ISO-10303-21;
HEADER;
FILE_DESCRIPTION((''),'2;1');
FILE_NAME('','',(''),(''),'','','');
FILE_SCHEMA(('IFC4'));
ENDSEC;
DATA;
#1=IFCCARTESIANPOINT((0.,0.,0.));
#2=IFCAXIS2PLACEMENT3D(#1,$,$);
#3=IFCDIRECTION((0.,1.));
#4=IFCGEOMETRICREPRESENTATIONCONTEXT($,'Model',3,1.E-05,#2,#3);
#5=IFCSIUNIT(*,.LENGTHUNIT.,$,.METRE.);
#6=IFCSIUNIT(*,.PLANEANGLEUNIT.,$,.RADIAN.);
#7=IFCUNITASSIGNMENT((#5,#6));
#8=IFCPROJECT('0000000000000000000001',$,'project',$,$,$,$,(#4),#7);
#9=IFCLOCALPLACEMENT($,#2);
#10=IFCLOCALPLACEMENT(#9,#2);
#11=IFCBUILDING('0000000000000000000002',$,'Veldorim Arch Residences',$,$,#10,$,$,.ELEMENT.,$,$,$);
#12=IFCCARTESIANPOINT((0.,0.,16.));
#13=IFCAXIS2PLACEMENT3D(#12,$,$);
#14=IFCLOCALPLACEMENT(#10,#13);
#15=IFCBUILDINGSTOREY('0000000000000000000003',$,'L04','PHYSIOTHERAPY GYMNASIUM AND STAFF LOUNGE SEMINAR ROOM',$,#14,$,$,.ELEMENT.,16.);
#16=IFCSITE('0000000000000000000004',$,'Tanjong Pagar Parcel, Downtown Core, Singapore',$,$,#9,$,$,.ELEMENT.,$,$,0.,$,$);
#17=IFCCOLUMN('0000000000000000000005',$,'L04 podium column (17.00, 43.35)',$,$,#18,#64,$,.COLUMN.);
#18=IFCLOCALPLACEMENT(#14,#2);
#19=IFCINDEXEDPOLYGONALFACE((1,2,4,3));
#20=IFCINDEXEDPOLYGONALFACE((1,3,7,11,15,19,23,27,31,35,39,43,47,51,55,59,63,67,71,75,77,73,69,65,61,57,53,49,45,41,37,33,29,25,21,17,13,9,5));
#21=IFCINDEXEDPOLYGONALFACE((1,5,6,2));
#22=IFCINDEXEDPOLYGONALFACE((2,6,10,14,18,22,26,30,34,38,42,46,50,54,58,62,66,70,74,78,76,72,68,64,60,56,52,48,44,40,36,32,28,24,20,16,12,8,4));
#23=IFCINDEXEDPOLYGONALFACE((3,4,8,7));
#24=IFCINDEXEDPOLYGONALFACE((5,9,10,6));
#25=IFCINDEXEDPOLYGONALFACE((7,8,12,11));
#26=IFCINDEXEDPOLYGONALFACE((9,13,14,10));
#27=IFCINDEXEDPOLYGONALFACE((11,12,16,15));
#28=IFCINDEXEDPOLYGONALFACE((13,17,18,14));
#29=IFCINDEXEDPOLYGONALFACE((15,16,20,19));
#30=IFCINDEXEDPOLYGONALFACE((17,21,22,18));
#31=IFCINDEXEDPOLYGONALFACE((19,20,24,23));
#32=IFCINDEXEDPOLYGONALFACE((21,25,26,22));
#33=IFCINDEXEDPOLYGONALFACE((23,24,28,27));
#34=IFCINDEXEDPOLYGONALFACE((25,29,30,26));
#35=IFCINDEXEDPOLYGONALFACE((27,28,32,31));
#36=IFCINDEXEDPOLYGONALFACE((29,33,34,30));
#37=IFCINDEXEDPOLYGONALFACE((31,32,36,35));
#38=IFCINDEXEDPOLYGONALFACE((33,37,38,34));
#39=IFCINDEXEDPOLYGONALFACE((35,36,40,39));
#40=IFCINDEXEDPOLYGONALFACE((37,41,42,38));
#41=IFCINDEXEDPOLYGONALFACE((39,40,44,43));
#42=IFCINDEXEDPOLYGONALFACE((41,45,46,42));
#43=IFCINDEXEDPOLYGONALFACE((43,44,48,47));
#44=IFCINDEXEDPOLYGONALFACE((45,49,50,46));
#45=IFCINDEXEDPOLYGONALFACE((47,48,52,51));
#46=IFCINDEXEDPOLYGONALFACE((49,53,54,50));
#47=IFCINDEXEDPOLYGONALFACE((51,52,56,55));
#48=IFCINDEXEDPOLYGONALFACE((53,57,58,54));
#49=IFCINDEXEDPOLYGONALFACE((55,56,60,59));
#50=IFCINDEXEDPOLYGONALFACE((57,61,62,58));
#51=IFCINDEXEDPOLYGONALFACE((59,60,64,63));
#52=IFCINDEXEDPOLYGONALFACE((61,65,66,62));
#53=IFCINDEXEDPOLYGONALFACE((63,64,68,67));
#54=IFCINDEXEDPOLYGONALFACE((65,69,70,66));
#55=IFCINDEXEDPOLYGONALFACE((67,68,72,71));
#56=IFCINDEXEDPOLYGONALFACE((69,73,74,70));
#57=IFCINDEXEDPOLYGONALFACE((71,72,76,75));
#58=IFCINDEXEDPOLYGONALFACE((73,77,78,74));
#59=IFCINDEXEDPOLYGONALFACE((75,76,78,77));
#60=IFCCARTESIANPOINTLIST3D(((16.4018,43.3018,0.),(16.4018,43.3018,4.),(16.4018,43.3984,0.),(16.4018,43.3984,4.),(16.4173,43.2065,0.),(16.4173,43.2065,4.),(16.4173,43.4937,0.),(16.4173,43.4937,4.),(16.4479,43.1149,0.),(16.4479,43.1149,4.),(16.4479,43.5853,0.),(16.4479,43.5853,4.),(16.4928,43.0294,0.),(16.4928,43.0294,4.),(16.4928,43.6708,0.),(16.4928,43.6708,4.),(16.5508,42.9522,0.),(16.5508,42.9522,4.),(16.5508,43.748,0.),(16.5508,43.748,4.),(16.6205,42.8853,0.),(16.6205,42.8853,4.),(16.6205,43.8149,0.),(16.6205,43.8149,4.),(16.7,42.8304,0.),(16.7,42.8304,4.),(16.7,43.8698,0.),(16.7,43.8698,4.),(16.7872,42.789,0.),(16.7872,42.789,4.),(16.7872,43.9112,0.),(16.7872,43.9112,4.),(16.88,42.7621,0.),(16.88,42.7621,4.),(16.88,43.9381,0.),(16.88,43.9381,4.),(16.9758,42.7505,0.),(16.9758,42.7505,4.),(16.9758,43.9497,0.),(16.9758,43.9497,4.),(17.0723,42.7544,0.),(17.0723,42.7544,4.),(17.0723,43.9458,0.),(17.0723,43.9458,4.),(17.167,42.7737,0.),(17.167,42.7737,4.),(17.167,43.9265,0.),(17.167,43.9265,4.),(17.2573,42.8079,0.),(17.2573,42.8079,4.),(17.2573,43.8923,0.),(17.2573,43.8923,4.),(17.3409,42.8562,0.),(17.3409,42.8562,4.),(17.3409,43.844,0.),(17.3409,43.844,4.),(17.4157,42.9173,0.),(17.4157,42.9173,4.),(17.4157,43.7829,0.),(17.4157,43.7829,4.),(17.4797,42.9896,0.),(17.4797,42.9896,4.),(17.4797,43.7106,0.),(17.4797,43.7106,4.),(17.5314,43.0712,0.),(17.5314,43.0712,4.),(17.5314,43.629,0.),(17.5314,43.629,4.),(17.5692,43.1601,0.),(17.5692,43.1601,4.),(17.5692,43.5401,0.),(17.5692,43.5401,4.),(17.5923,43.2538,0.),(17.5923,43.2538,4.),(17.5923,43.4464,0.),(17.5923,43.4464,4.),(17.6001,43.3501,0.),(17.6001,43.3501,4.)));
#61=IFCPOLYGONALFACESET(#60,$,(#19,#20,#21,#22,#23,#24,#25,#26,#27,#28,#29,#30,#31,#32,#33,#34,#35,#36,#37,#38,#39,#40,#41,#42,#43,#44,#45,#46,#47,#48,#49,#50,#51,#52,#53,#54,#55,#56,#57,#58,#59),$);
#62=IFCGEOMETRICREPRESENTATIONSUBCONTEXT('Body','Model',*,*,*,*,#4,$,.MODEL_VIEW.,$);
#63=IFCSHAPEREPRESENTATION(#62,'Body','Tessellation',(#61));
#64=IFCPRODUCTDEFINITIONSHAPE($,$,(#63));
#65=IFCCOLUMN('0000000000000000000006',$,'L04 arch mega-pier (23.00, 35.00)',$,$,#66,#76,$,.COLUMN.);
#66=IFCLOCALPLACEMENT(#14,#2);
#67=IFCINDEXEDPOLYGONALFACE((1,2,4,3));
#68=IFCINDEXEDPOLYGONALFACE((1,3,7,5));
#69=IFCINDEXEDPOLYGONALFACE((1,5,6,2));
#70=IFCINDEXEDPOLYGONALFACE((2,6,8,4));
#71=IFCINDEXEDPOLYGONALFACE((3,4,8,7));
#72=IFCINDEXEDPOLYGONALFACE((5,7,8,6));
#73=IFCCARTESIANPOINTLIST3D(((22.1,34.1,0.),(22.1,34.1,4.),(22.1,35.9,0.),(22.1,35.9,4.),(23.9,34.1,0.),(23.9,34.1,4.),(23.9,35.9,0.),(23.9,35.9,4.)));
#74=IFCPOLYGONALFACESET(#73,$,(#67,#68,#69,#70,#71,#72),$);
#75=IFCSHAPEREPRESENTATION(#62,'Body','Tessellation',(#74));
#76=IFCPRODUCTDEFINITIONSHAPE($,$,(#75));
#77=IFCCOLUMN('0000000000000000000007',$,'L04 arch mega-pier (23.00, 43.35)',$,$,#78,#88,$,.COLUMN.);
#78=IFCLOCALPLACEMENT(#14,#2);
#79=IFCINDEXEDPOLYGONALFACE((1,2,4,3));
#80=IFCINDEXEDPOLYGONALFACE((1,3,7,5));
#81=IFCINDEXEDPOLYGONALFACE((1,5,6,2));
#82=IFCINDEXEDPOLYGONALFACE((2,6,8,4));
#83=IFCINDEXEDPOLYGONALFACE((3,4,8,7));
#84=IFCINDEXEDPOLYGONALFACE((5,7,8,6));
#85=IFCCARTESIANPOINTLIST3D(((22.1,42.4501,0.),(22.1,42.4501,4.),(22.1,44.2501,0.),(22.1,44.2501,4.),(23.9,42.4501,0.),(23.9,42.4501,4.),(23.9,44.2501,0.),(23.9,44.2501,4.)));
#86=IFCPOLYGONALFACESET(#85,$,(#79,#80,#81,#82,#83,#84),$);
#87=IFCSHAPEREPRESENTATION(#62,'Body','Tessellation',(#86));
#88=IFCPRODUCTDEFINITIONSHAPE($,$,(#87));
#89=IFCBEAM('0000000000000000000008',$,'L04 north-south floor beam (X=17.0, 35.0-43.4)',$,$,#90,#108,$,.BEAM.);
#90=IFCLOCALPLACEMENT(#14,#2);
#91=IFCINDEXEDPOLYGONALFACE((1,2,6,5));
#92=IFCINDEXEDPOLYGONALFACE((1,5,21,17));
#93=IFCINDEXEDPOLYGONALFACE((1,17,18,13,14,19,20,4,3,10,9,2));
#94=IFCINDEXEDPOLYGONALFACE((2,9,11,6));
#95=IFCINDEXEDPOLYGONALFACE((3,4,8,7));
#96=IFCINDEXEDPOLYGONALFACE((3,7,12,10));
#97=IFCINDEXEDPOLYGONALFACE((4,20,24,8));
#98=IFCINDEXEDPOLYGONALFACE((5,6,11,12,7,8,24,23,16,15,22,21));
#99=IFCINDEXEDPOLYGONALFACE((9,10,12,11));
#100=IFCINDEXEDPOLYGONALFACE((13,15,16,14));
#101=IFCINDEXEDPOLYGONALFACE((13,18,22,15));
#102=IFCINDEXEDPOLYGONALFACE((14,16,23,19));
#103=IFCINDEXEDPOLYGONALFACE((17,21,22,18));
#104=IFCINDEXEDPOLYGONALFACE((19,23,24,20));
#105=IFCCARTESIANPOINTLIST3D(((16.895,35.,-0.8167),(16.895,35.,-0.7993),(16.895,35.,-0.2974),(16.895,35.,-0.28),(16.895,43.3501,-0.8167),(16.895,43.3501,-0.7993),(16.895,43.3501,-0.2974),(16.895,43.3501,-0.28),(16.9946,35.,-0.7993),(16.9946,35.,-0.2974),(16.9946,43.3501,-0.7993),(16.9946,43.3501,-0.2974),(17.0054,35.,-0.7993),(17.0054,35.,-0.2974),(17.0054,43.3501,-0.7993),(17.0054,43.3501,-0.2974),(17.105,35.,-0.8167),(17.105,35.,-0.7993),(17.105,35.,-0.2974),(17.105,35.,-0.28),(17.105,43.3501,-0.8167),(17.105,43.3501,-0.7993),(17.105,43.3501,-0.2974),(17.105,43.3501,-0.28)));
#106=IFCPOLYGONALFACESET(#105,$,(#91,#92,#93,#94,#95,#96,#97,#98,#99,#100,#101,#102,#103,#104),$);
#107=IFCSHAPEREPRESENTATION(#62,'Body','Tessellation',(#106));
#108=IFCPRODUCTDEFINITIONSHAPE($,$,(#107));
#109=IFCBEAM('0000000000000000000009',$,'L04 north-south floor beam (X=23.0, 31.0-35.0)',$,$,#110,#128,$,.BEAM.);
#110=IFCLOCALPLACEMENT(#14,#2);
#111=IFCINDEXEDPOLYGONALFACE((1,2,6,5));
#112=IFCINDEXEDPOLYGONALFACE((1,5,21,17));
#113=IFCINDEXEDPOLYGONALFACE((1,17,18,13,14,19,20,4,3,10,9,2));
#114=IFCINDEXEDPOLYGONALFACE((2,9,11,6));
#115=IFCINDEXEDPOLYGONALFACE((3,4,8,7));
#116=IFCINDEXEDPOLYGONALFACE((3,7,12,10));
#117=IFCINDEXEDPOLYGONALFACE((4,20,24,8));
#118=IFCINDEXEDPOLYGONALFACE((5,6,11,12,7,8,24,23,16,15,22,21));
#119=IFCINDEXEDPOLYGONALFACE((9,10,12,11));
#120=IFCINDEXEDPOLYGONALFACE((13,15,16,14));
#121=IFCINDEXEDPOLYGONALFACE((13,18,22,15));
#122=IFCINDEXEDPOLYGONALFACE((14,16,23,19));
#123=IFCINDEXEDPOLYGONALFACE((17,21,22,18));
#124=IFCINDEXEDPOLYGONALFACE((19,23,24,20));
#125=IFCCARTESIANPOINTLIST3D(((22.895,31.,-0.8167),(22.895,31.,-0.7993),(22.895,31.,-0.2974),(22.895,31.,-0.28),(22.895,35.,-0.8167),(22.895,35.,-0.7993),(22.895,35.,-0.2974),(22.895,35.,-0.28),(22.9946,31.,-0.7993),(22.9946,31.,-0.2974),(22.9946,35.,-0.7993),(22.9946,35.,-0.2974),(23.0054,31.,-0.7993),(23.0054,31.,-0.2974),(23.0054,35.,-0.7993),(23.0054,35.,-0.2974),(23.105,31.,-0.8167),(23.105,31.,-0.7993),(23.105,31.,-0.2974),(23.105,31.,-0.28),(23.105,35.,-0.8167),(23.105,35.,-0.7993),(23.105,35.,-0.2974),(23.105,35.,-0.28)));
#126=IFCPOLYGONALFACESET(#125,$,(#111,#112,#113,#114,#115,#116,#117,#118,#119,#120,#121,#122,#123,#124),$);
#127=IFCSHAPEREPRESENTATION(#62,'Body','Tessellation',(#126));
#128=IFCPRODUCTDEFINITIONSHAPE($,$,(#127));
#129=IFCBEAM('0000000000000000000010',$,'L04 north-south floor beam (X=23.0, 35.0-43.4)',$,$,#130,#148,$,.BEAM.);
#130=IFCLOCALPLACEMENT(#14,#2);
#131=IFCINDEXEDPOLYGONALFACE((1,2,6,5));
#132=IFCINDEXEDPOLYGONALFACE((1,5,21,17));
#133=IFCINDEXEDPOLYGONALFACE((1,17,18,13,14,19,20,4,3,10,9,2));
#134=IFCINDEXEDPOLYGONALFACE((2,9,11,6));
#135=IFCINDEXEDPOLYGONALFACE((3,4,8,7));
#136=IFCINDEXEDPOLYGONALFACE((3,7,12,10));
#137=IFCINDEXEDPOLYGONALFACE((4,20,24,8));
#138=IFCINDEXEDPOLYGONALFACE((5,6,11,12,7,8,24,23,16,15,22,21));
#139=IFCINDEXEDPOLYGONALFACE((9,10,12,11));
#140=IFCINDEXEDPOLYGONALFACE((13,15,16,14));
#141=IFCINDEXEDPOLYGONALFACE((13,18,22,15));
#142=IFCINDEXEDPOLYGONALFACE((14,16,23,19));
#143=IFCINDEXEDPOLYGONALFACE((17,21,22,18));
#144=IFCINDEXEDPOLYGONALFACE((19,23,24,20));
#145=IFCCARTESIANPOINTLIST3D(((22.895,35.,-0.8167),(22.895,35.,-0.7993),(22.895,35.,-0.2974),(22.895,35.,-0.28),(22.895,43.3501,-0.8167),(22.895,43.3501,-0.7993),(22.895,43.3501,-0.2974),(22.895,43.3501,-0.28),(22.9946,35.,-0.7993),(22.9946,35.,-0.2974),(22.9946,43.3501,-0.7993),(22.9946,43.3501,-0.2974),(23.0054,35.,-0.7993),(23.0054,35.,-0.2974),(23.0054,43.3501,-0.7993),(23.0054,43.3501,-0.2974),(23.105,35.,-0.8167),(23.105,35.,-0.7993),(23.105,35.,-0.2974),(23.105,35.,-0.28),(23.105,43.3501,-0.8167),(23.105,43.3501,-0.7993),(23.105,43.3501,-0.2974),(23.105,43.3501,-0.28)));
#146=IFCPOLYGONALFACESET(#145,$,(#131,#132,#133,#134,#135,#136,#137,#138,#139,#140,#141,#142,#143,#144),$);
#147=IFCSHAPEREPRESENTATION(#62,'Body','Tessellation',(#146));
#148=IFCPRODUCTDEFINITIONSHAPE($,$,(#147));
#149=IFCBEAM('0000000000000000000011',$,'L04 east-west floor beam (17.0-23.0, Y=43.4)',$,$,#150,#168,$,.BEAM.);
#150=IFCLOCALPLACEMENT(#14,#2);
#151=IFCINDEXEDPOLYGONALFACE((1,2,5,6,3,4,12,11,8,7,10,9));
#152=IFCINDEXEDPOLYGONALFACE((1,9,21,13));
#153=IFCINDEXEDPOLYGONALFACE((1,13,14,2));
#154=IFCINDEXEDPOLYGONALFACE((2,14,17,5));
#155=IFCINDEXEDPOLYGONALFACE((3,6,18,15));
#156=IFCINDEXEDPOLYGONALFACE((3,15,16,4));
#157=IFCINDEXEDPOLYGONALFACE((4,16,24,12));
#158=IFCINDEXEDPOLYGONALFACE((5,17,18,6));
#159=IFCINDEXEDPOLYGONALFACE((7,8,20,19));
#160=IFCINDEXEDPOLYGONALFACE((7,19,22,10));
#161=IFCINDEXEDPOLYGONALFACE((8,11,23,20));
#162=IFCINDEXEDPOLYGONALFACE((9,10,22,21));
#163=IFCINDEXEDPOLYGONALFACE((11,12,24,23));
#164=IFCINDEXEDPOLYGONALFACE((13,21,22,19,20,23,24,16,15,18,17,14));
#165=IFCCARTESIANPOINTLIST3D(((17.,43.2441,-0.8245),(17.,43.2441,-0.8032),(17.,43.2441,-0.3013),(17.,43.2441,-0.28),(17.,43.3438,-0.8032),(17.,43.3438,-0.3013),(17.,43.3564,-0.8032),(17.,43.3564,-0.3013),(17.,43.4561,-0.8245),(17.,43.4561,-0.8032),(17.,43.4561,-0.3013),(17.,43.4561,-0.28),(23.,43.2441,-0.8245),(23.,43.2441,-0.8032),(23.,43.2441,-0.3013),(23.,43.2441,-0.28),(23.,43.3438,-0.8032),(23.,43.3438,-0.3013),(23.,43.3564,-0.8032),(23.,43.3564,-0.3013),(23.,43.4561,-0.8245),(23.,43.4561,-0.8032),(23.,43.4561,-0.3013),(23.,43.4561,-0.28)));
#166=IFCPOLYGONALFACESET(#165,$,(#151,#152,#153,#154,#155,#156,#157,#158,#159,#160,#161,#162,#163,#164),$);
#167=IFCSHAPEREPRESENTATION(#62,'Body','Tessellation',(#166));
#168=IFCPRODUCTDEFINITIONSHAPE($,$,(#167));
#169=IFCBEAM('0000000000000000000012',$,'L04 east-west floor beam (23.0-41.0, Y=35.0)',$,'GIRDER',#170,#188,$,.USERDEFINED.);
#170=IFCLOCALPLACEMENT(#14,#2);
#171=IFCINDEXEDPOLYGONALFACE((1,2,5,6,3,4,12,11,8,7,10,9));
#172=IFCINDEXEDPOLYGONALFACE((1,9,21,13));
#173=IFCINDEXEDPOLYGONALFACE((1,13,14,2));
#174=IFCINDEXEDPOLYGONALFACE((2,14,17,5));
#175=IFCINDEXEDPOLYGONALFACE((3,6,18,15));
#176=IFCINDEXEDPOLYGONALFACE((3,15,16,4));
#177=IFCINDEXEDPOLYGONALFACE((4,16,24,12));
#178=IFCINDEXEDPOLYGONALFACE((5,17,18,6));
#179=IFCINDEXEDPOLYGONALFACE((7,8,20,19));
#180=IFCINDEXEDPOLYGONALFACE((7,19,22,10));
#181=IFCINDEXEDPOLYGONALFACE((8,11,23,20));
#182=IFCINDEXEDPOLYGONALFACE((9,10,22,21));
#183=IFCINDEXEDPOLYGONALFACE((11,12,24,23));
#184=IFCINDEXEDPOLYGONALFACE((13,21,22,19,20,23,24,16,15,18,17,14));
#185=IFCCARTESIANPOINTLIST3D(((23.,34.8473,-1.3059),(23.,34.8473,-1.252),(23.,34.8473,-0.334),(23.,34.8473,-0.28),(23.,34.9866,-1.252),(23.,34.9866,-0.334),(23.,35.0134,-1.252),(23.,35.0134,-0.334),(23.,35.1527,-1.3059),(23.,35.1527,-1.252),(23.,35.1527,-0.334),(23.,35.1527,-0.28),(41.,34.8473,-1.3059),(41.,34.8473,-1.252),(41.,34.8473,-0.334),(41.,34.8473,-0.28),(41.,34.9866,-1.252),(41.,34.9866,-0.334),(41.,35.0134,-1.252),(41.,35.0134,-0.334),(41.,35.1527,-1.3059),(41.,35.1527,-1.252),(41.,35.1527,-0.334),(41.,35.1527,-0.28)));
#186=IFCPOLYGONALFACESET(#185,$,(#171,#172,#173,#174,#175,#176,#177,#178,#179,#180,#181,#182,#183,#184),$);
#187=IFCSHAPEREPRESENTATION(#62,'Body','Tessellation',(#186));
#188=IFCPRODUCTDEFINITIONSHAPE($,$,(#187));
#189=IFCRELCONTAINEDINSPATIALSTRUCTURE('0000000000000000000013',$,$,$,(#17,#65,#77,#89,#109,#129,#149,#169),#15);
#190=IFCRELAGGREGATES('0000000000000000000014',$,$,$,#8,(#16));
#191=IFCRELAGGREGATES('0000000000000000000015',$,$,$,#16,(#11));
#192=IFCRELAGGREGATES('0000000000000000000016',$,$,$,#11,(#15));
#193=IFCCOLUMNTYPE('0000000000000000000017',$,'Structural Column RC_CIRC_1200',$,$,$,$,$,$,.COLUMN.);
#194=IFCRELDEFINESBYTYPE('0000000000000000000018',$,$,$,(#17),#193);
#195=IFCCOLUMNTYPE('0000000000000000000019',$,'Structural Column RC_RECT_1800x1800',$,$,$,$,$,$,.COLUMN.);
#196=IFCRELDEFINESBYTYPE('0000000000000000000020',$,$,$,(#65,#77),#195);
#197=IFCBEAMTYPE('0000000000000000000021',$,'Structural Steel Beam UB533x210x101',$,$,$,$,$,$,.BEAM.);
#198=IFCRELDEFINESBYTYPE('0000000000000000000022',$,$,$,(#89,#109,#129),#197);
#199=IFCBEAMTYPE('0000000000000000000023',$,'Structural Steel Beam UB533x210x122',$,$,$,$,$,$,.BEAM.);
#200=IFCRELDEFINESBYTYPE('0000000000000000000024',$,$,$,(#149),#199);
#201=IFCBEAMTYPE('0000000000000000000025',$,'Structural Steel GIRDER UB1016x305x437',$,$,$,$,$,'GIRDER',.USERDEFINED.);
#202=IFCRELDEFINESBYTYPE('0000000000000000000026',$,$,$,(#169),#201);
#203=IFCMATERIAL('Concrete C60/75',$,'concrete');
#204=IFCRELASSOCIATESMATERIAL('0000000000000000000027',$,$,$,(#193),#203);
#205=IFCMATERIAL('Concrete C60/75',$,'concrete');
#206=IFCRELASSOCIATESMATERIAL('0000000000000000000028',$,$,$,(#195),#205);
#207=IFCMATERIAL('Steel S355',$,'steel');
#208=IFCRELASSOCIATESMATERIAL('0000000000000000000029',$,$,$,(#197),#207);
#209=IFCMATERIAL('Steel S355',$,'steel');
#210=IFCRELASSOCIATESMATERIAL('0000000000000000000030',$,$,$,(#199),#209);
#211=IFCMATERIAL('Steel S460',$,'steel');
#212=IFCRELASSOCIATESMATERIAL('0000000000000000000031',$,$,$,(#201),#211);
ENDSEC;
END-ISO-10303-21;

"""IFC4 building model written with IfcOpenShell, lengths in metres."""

from ifc_helpers import new_model, si_unit, direction, frame, origin, origin_2d, place, context, subcontext, project, spatial, rectangle, circle, i_section, extrude, material, material_profile, profile_set, type_object, element, save


model = new_model("IFC4")

# Units and contexts
model_context = context("Model", 3, precision=1e-05, world=origin(), true_north=direction((0.0, 1.0)))
body_context = subcontext(model_context, "Body", "Model", "MODEL_VIEW")
ifc_project = project(units=[si_unit("LENGTHUNIT", "METRE"), si_unit("PLANEANGLEUNIT", "RADIAN")], contexts=[model_context])

# Site, building, storey
site_placement = place(None, origin())
site = spatial("IfcSite", under=ifc_project, at=site_placement, Name="Tanjong Pagar Parcel, Downtown Core, Singapore", CompositionType="ELEMENT", RefElevation=0.0)
building_placement = place(site_placement, origin())
building = spatial("IfcBuilding", under=site, at=building_placement, Name="Veldorim Arch Residences", CompositionType="ELEMENT")
storey_placement = place(building_placement, frame((0.0, 0.0, 16.0)))
storey = spatial("IfcBuildingStorey", under=building, at=storey_placement, Name="L04", Description="PHYSIOTHERAPY GYMNASIUM AND STAFF LOUNGE SEMINAR ROOM", CompositionType="ELEMENT", Elevation=16.0)

# Columns
ifc_material_1 = material(Name="Concrete C60/75", Category="concrete")
ifc_material_profile_1 = material_profile(ifc_material_1, circle(Radius=0.6001, at=origin_2d()), Name="RC_CIRC_1200")
ifc_profile_set_1 = profile_set([ifc_material_profile_1], Name="Concrete C60/75")
column_type_1 = type_object("IfcColumnType", Name="Structural Column RC_CIRC_1200", PredefinedType="COLUMN", material=ifc_profile_set_1)
column_placement = place(storey_placement, frame((17.0, 43.3501, 0.0), z_axis=(0.0, 0.0, 1.0), x_axis=(1.0, 0.0, 0.0)))
element("IfcColumn", 1, at=column_placement, inside=storey, type_object=column_type_1, Name="L04 podium column (17.00, 43.35)", PredefinedType="COLUMN", context=body_context, shape_type="SweptSolid", body=[
    extrude(circle(Radius=0.6001, at=origin_2d()), origin(), (0.0, 0.0, 1.0), 4.0),
])
ifc_material_2 = material(Name="Concrete C60/75", Category="concrete")
ifc_material_profile_2 = material_profile(ifc_material_2, rectangle(XDim=1.8, YDim=1.8, at=origin_2d()), Name="RC_RECT_1800x1800")
ifc_profile_set_2 = profile_set([ifc_material_profile_2], Name="Concrete C60/75")
column_type_2 = type_object("IfcColumnType", Name="Structural Column RC_RECT_1800x1800", PredefinedType="COLUMN", material=ifc_profile_set_2)
for number, where, z_axis, x_axis, name in (
    (2, (23.0, 35.0, 0.0), (0.0, 0.0, 1.0), (1.0, 0.0, 0.0), "L04 arch mega-pier (23.00, 35.00)"),
    (3, (23.0, 43.3501, 0.0), (0.0, 0.0, 1.0), (1.0, 0.0, 0.0), "L04 arch mega-pier (23.00, 43.35)"),
):
    element("IfcColumn", number, at=place(storey_placement, frame(where, z_axis=z_axis, x_axis=x_axis)), inside=storey, type_object=column_type_2, Name=name, PredefinedType="COLUMN", context=body_context, shape_type="SweptSolid", body=[
        extrude(rectangle(XDim=1.8, YDim=1.8, at=origin_2d()), origin(), (0.0, 0.0, 1.0), 4.0),
    ])

# Beams
ifc_material_3 = material(Name="Steel S355", Category="steel")
ifc_material_profile_3 = material_profile(ifc_material_3, i_section(OverallWidth=0.21, OverallDepth=0.5366, WebThickness=0.0107, FlangeThickness=0.0173, at=origin_2d()), Name="UB533x210x101")
ifc_profile_set_3 = profile_set([ifc_material_profile_3], Name="Steel S355")
beam_type_1 = type_object("IfcBeamType", Name="Structural Steel Beam UB533x210x101", PredefinedType="BEAM", material=ifc_profile_set_3)
beam_1_placement = place(storey_placement, frame((17.0, 35.0, -0.5483), z_axis=(0.0, 1.0, 0.0), x_axis=(-1.0, 0.0, 0.0)))
element("IfcBeam", 4, at=beam_1_placement, inside=storey, type_object=beam_type_1, Name="L04 north-south floor beam (X=17.0, 35.0-43.4)", PredefinedType="BEAM", context=body_context, shape_type="SweptSolid", body=[
    extrude(i_section(OverallWidth=0.21, OverallDepth=0.5366, WebThickness=0.0107, FlangeThickness=0.0173, at=origin_2d()), origin(), (0.0, 0.0, 1.0), 8.3501),
])
beam_2_placement = place(storey_placement, frame((23.0, 31.0, -0.5483), z_axis=(0.0, 1.0, 0.0), x_axis=(-1.0, 0.0, 0.0)))
element("IfcBeam", 5, at=beam_2_placement, inside=storey, type_object=beam_type_1, Name="L04 north-south floor beam (X=23.0, 31.0-35.0)", PredefinedType="BEAM", context=body_context, shape_type="SweptSolid", body=[
    extrude(i_section(OverallWidth=0.21, OverallDepth=0.5366, WebThickness=0.0107, FlangeThickness=0.0173, at=origin_2d()), origin(), (0.0, 0.0, 1.0), 4.0),
])
beam_3_placement = place(storey_placement, frame((23.0, 35.0, -0.5483), z_axis=(0.0, 1.0, 0.0), x_axis=(-1.0, 0.0, 0.0)))
element("IfcBeam", 6, at=beam_3_placement, inside=storey, type_object=beam_type_1, Name="L04 north-south floor beam (X=23.0, 35.0-43.4)", PredefinedType="BEAM", context=body_context, shape_type="SweptSolid", body=[
    extrude(i_section(OverallWidth=0.21, OverallDepth=0.5366, WebThickness=0.0107, FlangeThickness=0.0173, at=origin_2d()), origin(), (0.0, 0.0, 1.0), 8.3501),
])
ifc_material_4 = material(Name="Steel S355", Category="steel")
ifc_material_profile_4 = material_profile(ifc_material_4, i_section(OverallWidth=0.2119, OverallDepth=0.5444, WebThickness=0.0127, FlangeThickness=0.0212, at=origin_2d()), Name="UB533x210x122")
ifc_profile_set_4 = profile_set([ifc_material_profile_4], Name="Steel S355")
beam_type_2 = type_object("IfcBeamType", Name="Structural Steel Beam UB533x210x122", PredefinedType="BEAM", material=ifc_profile_set_4)
beam_4_placement = place(storey_placement, frame((17.0, 43.3501, -0.5522), z_axis=(1.0, 0.0, 0.0), x_axis=(0.0, 1.0, 0.0)))
element("IfcBeam", 7, at=beam_4_placement, inside=storey, type_object=beam_type_2, Name="L04 east-west floor beam (17.0-23.0, Y=43.4)", PredefinedType="BEAM", context=body_context, shape_type="SweptSolid", body=[
    extrude(i_section(OverallWidth=0.2119, OverallDepth=0.5444, WebThickness=0.0127, FlangeThickness=0.0212, at=origin_2d()), origin(), (0.0, 0.0, 1.0), 6.0),
])
ifc_material_5 = material(Name="Steel S460", Category="steel")
ifc_material_profile_5 = material_profile(ifc_material_5, i_section(OverallWidth=0.3054, OverallDepth=1.0259, WebThickness=0.0269, FlangeThickness=0.054, at=origin_2d()), Name="UB1016x305x437")
ifc_profile_set_5 = profile_set([ifc_material_profile_5], Name="Steel S460")
beam_type_3 = type_object("IfcBeamType", Name="Structural Steel GIRDER UB1016x305x437", ElementType="GIRDER", PredefinedType="USERDEFINED", material=ifc_profile_set_5)
for number, where, z_axis, x_axis, name in (
    (8, (23.0, 35.0, -0.793), (1.0, 0.0, 0.0), (0.0, 1.0, 0.0), "L04 east-west floor beam (23.0-41.0, Y=35.0)"),
):
    element("IfcBeam", number, at=place(storey_placement, frame(where, z_axis=z_axis, x_axis=x_axis)), inside=storey, type_object=beam_type_3, Name=name, ObjectType="GIRDER", PredefinedType="USERDEFINED", context=body_context, shape_type="SweptSolid", body=[
        extrude(i_section(OverallWidth=0.3054, OverallDepth=1.0259, WebThickness=0.0269, FlangeThickness=0.054, at=origin_2d()), origin(), (0.0, 0.0, 1.0), 18.0),
    ])

save(model, "model.ifc")
